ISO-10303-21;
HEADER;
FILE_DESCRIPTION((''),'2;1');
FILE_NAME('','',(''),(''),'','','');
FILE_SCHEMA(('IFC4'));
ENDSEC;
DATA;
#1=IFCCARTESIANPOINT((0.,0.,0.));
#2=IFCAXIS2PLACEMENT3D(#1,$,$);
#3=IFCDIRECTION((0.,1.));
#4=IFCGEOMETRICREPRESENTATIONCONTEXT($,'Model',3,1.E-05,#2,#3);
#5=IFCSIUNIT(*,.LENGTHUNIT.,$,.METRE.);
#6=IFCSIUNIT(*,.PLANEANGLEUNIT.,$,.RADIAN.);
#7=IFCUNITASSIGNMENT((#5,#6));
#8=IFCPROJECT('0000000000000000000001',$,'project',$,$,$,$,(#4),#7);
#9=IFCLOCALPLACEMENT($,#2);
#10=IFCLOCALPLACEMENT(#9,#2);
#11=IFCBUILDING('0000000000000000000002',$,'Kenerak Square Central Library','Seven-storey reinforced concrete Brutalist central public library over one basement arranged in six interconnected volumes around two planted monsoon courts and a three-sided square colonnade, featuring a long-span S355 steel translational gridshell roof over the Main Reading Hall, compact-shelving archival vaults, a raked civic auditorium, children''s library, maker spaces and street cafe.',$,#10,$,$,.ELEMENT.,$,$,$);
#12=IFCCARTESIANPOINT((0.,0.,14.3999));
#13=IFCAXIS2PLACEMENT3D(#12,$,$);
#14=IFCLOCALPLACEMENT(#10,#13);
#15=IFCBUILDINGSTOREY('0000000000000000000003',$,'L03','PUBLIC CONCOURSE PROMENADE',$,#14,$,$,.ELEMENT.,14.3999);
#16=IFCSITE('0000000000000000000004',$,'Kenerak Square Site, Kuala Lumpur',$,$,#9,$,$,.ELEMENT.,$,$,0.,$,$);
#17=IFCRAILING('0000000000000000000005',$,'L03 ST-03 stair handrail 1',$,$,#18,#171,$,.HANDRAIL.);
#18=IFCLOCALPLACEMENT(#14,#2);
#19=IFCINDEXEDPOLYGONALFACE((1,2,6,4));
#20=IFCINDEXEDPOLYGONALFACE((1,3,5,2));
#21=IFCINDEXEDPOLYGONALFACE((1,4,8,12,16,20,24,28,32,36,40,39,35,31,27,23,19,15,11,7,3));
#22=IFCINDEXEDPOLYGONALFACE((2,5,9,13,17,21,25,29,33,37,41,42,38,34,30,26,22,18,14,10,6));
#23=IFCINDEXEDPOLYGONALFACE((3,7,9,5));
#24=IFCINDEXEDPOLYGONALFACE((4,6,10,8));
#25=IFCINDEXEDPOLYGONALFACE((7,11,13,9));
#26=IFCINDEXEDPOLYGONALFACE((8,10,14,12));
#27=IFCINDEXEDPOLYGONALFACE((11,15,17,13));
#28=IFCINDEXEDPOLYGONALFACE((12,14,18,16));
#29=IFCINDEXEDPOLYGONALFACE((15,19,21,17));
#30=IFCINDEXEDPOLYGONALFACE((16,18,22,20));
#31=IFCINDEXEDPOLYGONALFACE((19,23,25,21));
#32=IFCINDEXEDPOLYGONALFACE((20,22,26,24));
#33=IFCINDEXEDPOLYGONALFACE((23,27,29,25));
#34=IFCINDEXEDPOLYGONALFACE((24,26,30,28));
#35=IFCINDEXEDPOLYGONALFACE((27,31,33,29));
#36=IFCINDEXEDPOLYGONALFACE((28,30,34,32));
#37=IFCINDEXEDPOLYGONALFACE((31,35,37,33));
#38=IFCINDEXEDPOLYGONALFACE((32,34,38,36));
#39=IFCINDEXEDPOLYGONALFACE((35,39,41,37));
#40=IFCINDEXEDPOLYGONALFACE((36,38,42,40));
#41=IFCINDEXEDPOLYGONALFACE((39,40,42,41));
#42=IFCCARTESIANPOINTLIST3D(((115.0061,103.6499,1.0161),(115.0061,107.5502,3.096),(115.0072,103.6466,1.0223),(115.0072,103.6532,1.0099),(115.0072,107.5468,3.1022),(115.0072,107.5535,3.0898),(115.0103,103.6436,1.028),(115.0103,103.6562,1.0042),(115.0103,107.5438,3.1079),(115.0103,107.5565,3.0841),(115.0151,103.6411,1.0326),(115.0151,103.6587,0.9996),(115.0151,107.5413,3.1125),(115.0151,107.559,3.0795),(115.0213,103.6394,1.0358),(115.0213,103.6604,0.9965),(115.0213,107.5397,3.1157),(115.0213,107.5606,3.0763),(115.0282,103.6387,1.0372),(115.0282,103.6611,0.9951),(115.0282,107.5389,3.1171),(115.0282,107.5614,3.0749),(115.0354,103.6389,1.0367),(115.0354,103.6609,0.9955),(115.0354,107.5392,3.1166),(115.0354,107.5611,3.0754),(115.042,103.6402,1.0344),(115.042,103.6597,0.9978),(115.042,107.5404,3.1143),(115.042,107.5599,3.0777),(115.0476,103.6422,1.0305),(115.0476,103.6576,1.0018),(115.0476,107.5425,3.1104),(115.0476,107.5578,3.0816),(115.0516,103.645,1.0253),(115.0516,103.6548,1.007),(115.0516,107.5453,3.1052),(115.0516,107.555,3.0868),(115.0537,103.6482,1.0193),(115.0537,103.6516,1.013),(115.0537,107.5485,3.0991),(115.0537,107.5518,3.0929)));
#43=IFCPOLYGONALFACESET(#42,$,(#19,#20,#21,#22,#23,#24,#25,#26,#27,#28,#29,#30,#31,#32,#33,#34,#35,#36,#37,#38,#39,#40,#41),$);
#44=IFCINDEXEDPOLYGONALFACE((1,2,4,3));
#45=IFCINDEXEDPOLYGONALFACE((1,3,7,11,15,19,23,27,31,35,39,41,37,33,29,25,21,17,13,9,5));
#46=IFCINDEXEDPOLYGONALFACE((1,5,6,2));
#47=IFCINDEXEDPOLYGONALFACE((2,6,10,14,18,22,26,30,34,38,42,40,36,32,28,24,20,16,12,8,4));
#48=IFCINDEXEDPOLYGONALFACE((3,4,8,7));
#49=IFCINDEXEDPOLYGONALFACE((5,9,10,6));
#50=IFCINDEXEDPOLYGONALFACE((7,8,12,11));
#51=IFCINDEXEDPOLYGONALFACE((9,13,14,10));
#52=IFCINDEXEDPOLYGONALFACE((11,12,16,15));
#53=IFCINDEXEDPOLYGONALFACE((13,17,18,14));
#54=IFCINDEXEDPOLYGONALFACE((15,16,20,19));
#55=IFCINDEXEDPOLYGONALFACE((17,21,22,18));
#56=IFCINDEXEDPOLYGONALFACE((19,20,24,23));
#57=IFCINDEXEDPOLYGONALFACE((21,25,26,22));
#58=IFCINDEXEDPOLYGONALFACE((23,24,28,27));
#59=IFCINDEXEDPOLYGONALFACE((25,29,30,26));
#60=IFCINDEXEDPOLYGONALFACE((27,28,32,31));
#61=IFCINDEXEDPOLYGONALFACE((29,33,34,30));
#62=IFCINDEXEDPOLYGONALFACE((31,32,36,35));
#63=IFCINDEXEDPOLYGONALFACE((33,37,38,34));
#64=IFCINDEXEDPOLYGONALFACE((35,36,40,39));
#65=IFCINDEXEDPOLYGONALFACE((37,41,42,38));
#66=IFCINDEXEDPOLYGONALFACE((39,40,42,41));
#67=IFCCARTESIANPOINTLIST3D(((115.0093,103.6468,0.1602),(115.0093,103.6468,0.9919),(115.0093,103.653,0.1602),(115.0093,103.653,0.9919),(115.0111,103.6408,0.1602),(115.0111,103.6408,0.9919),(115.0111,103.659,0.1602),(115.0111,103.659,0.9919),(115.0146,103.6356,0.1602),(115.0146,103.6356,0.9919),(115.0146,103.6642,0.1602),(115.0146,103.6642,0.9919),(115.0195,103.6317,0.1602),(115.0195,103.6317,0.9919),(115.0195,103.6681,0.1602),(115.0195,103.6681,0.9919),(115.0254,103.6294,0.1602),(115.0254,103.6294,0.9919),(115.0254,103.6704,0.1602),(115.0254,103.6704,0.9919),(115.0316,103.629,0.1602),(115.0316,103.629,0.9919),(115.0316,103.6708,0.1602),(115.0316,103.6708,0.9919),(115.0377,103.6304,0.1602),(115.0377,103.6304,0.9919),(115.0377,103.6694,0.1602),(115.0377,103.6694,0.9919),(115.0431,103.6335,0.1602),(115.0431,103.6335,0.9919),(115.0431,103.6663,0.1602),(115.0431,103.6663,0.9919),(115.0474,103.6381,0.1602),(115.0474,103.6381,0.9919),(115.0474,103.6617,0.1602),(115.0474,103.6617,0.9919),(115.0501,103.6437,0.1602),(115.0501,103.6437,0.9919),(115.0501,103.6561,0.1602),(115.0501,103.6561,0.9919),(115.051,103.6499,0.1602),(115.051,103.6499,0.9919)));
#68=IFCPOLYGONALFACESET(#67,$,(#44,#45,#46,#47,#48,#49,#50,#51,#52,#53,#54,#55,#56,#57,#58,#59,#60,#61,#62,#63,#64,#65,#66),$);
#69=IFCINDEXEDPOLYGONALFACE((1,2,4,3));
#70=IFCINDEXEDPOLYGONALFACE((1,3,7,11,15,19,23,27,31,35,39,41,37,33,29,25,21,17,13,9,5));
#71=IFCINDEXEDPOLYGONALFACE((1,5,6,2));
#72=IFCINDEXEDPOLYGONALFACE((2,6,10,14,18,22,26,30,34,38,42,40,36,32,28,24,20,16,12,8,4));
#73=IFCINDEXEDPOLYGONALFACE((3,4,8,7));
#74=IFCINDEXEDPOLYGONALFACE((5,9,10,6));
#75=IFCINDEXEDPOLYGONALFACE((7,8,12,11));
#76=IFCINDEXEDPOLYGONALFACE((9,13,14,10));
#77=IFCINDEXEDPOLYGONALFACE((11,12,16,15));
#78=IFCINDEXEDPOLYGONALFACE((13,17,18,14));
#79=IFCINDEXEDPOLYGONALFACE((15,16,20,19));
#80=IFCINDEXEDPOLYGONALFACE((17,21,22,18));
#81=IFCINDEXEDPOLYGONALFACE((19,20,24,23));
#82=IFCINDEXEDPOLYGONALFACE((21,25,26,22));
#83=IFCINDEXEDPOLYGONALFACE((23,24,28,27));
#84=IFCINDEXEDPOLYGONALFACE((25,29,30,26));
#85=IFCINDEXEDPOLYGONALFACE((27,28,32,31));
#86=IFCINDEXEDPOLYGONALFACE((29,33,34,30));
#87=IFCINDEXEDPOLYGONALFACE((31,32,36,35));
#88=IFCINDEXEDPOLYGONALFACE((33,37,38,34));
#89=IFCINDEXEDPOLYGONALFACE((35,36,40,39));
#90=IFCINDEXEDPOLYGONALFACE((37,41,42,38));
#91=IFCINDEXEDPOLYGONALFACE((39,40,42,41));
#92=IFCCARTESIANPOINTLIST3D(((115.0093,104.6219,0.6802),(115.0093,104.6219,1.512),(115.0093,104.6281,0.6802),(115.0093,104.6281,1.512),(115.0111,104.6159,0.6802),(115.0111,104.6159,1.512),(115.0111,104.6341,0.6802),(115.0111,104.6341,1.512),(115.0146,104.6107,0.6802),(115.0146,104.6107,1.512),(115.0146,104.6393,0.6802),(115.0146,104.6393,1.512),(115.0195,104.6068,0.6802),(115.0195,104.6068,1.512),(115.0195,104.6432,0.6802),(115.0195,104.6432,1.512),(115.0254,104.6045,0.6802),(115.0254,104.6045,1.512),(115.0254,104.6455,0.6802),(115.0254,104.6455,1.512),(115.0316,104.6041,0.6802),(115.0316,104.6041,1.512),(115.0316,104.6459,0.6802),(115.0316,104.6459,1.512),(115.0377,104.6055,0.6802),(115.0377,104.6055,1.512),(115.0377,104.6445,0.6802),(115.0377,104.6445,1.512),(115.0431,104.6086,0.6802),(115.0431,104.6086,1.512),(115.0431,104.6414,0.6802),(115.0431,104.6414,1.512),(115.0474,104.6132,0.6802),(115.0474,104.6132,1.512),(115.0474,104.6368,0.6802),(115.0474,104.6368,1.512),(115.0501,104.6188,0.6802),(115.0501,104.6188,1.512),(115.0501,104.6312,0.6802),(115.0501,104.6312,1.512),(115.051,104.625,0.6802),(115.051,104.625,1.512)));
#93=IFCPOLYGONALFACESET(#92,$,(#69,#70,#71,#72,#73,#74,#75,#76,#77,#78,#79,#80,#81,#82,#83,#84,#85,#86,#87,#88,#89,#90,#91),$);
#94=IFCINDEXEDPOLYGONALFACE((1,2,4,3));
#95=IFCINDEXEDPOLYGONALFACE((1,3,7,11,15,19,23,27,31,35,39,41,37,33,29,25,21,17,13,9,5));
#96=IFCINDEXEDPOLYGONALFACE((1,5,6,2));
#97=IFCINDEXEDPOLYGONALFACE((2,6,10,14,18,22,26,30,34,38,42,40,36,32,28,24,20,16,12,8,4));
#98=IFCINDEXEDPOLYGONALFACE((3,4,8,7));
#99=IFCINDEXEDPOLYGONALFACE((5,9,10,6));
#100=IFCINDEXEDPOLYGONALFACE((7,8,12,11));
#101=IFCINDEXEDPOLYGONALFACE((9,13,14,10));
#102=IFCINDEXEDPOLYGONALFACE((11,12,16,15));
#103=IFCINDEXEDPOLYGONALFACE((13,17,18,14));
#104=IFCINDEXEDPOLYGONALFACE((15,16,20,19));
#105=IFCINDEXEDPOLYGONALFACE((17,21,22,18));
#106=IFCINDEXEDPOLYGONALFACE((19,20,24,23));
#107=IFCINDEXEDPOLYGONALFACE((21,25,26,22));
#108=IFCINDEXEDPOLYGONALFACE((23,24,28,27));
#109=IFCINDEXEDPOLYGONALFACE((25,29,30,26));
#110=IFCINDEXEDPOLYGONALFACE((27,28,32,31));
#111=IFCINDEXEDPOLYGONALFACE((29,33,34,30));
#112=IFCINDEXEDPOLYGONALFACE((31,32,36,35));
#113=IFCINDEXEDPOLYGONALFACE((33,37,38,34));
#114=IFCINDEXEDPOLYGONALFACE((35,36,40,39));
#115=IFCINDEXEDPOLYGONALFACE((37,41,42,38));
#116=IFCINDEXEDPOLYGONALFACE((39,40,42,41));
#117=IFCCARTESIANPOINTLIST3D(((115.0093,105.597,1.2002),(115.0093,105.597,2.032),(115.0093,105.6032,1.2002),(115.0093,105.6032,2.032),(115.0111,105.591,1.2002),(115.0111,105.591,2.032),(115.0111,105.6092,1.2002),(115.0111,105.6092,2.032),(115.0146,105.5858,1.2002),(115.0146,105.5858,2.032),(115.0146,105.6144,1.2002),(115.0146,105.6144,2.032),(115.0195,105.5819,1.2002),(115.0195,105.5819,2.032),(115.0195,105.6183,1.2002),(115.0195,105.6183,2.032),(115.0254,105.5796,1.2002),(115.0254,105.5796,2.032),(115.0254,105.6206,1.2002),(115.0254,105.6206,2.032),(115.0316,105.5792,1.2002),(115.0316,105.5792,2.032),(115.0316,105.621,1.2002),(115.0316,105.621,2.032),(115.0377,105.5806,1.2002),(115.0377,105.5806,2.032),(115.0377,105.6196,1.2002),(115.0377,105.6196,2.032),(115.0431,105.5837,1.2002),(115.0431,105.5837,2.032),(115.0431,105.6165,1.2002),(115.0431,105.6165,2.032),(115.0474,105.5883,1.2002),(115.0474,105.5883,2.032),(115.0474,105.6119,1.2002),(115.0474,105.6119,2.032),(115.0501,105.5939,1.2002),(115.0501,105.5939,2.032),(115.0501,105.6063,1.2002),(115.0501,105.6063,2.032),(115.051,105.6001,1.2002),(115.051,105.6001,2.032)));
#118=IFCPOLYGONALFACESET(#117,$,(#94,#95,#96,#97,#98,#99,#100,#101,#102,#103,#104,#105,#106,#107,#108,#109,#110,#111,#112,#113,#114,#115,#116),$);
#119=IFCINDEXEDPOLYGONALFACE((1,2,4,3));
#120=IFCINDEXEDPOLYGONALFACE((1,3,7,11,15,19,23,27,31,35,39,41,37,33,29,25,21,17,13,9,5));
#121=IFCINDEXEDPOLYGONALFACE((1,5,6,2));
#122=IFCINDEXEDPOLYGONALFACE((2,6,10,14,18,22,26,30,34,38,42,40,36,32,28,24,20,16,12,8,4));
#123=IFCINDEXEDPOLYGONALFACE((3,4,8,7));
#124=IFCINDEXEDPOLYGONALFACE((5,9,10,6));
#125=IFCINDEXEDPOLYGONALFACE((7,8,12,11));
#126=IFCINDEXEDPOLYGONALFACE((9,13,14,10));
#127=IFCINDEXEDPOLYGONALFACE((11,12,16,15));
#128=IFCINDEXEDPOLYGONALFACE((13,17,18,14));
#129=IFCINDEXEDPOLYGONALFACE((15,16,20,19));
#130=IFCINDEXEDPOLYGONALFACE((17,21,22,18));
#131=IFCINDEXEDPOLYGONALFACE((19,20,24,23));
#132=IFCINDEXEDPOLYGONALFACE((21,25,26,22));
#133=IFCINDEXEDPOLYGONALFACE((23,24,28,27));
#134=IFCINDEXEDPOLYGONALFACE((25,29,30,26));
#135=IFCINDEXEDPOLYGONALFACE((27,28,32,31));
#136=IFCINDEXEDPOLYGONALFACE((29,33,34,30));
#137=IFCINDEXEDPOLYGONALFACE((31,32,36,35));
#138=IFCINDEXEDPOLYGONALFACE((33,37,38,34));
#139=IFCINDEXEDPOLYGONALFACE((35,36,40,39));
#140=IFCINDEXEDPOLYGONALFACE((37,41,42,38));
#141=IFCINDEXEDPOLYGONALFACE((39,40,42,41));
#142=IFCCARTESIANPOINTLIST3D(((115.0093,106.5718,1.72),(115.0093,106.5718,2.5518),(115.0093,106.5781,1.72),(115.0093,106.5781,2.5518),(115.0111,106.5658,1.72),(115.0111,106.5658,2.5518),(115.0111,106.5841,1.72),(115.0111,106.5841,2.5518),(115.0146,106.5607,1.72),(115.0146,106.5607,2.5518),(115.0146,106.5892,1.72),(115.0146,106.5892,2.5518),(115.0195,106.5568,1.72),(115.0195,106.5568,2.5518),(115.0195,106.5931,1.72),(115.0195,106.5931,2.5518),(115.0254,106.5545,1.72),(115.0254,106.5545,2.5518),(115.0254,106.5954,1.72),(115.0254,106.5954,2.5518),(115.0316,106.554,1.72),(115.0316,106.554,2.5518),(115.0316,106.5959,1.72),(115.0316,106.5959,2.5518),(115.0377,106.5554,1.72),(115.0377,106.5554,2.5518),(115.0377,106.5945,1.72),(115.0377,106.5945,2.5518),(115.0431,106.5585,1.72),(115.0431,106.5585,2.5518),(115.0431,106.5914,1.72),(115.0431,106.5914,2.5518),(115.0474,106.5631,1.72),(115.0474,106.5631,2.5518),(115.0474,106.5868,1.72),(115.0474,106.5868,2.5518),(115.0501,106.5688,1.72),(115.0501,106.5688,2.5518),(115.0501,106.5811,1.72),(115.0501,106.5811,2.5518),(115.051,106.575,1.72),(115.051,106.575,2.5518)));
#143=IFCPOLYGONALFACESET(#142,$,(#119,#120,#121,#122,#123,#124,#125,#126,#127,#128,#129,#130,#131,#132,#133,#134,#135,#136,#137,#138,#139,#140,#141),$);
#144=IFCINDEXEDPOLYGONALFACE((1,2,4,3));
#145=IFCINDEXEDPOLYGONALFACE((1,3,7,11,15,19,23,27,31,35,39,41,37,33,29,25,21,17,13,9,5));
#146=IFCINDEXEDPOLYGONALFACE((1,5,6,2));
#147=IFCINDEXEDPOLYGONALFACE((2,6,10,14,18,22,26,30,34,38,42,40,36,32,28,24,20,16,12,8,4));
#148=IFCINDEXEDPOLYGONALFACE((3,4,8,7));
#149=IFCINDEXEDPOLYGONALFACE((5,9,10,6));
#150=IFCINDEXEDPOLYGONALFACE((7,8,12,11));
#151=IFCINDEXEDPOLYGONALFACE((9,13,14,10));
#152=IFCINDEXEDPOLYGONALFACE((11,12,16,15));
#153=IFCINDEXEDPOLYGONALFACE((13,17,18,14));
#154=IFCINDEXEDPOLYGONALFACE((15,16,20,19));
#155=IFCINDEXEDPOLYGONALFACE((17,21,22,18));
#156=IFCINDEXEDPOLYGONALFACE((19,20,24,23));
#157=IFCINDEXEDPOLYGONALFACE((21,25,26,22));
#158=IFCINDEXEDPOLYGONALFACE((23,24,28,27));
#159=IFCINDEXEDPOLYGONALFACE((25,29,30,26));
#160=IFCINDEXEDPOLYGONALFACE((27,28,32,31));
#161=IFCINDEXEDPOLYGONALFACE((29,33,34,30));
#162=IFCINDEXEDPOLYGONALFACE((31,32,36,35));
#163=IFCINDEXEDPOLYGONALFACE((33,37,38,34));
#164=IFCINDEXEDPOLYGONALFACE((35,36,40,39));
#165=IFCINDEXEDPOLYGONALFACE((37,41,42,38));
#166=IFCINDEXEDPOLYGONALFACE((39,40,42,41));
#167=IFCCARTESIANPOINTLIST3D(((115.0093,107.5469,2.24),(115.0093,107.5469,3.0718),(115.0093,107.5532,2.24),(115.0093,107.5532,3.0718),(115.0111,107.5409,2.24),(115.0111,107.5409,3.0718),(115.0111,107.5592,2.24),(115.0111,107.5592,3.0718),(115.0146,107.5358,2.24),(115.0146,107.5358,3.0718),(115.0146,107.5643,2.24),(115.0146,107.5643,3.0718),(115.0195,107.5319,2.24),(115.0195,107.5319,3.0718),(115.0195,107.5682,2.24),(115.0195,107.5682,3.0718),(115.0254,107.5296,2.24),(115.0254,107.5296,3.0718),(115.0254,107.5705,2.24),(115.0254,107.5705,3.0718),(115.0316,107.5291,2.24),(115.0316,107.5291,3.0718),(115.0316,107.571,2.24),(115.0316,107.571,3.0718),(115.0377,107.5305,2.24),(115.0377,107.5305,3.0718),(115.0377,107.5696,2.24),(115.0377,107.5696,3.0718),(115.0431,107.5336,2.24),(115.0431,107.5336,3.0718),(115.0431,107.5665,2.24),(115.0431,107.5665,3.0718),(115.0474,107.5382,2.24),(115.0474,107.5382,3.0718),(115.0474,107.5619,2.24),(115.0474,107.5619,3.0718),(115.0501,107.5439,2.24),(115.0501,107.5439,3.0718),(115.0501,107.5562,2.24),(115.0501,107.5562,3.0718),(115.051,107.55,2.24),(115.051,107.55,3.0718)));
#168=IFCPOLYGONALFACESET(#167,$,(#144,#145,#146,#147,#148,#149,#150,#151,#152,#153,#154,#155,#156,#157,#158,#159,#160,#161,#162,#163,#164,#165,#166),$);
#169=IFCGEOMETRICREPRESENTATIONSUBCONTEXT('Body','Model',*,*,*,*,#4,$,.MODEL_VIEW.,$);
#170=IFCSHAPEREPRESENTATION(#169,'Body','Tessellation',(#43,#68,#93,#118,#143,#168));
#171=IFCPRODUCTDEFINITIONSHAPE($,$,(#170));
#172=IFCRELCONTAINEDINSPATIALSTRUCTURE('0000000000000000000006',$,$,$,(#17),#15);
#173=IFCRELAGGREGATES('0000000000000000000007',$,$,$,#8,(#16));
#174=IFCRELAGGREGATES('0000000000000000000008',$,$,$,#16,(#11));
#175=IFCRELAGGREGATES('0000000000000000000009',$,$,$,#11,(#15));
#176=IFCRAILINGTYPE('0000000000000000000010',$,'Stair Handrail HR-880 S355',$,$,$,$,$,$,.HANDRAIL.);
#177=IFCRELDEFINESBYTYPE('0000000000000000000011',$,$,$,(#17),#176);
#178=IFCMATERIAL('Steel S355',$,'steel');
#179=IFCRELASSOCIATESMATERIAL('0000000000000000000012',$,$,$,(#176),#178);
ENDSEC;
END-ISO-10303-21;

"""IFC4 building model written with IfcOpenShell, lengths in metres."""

from ifc_helpers import new_model, si_unit, direction, frame, origin, origin_2d, place, context, subcontext, project, spatial, circle, extrude, material, type_object, element, save


model = new_model("IFC4")

# Units and contexts
model_context = context("Model", 3, precision=1e-05, world=origin(), true_north=direction((0.0, 1.0)))
body_context = subcontext(model_context, "Body", "Model", "MODEL_VIEW")
ifc_project = project(units=[si_unit("LENGTHUNIT", "METRE"), si_unit("PLANEANGLEUNIT", "RADIAN")], contexts=[model_context])

# Site, building, storey
site_placement = place(None, origin())
site = spatial("IfcSite", under=ifc_project, at=site_placement, Name="Kenerak Square Site, Kuala Lumpur", CompositionType="ELEMENT", RefElevation=0.0)
building_placement = place(site_placement, origin())
building = spatial("IfcBuilding", under=site, at=building_placement, Name="Kenerak Square Central Library", Description="Seven-storey reinforced concrete Brutalist central public library over one basement arranged in six interconnected volumes around two planted monsoon courts and a three-sided square colonnade, featuring a long-span S355 steel translational gridshell roof over the Main Reading Hall, compact-shelving archival vaults, a raked civic auditorium, children's library, maker spaces and street cafe.", CompositionType="ELEMENT")
storey_placement = place(building_placement, frame((0.0, 0.0, 14.3999)))
storey = spatial("IfcBuildingStorey", under=building, at=storey_placement, Name="L03", Description="PUBLIC CONCOURSE PROMENADE", CompositionType="ELEMENT", Elevation=14.3999)

# Railing
ifc_material_1 = material(Name="Steel S355", Category="steel")
railing_type_1 = type_object("IfcRailingType", Name="Stair Handrail HR-880 S355", PredefinedType="HANDRAIL", material=ifc_material_1)
railing_1_placement = place(storey_placement, frame((115.03, 103.6499, 0.1602)))
element("IfcRailing", 1, at=railing_1_placement, inside=storey, type_object=railing_type_1, Name="L03 ST-03 stair handrail 1", PredefinedType="HANDRAIL", context=body_context, shape_type="SweptSolid", body=[
    extrude(circle(Radius=0.0239, at=origin_2d()), frame((0.0, 0.0, 0.856), z_axis=(0.0, 0.882376, 0.470545), x_axis=(-1.0, 0.0, 0.0)), (0.0, 0.0, 1.0), 4.4202),
    extrude(circle(Radius=0.021, at=origin_2d()), origin(), (0.0, 0.0, 1.0), 0.8318),
    extrude(circle(Radius=0.021, at=origin_2d()), frame((0.0, 0.9751, 0.52)), (0.0, 0.0, 1.0), 0.8318),
    extrude(circle(Radius=0.021, at=origin_2d()), frame((0.0, 1.9502, 1.04)), (0.0, 0.0, 1.0), 0.8318),
    extrude(circle(Radius=0.021, at=origin_2d()), frame((0.0, 2.925, 1.5598)), (0.0, 0.0, 1.0), 0.8318),
    extrude(circle(Radius=0.021, at=origin_2d()), frame((0.0, 3.9001, 2.0798)), (0.0, 0.0, 1.0), 0.8318),
])

save(model, "model.ifc")
